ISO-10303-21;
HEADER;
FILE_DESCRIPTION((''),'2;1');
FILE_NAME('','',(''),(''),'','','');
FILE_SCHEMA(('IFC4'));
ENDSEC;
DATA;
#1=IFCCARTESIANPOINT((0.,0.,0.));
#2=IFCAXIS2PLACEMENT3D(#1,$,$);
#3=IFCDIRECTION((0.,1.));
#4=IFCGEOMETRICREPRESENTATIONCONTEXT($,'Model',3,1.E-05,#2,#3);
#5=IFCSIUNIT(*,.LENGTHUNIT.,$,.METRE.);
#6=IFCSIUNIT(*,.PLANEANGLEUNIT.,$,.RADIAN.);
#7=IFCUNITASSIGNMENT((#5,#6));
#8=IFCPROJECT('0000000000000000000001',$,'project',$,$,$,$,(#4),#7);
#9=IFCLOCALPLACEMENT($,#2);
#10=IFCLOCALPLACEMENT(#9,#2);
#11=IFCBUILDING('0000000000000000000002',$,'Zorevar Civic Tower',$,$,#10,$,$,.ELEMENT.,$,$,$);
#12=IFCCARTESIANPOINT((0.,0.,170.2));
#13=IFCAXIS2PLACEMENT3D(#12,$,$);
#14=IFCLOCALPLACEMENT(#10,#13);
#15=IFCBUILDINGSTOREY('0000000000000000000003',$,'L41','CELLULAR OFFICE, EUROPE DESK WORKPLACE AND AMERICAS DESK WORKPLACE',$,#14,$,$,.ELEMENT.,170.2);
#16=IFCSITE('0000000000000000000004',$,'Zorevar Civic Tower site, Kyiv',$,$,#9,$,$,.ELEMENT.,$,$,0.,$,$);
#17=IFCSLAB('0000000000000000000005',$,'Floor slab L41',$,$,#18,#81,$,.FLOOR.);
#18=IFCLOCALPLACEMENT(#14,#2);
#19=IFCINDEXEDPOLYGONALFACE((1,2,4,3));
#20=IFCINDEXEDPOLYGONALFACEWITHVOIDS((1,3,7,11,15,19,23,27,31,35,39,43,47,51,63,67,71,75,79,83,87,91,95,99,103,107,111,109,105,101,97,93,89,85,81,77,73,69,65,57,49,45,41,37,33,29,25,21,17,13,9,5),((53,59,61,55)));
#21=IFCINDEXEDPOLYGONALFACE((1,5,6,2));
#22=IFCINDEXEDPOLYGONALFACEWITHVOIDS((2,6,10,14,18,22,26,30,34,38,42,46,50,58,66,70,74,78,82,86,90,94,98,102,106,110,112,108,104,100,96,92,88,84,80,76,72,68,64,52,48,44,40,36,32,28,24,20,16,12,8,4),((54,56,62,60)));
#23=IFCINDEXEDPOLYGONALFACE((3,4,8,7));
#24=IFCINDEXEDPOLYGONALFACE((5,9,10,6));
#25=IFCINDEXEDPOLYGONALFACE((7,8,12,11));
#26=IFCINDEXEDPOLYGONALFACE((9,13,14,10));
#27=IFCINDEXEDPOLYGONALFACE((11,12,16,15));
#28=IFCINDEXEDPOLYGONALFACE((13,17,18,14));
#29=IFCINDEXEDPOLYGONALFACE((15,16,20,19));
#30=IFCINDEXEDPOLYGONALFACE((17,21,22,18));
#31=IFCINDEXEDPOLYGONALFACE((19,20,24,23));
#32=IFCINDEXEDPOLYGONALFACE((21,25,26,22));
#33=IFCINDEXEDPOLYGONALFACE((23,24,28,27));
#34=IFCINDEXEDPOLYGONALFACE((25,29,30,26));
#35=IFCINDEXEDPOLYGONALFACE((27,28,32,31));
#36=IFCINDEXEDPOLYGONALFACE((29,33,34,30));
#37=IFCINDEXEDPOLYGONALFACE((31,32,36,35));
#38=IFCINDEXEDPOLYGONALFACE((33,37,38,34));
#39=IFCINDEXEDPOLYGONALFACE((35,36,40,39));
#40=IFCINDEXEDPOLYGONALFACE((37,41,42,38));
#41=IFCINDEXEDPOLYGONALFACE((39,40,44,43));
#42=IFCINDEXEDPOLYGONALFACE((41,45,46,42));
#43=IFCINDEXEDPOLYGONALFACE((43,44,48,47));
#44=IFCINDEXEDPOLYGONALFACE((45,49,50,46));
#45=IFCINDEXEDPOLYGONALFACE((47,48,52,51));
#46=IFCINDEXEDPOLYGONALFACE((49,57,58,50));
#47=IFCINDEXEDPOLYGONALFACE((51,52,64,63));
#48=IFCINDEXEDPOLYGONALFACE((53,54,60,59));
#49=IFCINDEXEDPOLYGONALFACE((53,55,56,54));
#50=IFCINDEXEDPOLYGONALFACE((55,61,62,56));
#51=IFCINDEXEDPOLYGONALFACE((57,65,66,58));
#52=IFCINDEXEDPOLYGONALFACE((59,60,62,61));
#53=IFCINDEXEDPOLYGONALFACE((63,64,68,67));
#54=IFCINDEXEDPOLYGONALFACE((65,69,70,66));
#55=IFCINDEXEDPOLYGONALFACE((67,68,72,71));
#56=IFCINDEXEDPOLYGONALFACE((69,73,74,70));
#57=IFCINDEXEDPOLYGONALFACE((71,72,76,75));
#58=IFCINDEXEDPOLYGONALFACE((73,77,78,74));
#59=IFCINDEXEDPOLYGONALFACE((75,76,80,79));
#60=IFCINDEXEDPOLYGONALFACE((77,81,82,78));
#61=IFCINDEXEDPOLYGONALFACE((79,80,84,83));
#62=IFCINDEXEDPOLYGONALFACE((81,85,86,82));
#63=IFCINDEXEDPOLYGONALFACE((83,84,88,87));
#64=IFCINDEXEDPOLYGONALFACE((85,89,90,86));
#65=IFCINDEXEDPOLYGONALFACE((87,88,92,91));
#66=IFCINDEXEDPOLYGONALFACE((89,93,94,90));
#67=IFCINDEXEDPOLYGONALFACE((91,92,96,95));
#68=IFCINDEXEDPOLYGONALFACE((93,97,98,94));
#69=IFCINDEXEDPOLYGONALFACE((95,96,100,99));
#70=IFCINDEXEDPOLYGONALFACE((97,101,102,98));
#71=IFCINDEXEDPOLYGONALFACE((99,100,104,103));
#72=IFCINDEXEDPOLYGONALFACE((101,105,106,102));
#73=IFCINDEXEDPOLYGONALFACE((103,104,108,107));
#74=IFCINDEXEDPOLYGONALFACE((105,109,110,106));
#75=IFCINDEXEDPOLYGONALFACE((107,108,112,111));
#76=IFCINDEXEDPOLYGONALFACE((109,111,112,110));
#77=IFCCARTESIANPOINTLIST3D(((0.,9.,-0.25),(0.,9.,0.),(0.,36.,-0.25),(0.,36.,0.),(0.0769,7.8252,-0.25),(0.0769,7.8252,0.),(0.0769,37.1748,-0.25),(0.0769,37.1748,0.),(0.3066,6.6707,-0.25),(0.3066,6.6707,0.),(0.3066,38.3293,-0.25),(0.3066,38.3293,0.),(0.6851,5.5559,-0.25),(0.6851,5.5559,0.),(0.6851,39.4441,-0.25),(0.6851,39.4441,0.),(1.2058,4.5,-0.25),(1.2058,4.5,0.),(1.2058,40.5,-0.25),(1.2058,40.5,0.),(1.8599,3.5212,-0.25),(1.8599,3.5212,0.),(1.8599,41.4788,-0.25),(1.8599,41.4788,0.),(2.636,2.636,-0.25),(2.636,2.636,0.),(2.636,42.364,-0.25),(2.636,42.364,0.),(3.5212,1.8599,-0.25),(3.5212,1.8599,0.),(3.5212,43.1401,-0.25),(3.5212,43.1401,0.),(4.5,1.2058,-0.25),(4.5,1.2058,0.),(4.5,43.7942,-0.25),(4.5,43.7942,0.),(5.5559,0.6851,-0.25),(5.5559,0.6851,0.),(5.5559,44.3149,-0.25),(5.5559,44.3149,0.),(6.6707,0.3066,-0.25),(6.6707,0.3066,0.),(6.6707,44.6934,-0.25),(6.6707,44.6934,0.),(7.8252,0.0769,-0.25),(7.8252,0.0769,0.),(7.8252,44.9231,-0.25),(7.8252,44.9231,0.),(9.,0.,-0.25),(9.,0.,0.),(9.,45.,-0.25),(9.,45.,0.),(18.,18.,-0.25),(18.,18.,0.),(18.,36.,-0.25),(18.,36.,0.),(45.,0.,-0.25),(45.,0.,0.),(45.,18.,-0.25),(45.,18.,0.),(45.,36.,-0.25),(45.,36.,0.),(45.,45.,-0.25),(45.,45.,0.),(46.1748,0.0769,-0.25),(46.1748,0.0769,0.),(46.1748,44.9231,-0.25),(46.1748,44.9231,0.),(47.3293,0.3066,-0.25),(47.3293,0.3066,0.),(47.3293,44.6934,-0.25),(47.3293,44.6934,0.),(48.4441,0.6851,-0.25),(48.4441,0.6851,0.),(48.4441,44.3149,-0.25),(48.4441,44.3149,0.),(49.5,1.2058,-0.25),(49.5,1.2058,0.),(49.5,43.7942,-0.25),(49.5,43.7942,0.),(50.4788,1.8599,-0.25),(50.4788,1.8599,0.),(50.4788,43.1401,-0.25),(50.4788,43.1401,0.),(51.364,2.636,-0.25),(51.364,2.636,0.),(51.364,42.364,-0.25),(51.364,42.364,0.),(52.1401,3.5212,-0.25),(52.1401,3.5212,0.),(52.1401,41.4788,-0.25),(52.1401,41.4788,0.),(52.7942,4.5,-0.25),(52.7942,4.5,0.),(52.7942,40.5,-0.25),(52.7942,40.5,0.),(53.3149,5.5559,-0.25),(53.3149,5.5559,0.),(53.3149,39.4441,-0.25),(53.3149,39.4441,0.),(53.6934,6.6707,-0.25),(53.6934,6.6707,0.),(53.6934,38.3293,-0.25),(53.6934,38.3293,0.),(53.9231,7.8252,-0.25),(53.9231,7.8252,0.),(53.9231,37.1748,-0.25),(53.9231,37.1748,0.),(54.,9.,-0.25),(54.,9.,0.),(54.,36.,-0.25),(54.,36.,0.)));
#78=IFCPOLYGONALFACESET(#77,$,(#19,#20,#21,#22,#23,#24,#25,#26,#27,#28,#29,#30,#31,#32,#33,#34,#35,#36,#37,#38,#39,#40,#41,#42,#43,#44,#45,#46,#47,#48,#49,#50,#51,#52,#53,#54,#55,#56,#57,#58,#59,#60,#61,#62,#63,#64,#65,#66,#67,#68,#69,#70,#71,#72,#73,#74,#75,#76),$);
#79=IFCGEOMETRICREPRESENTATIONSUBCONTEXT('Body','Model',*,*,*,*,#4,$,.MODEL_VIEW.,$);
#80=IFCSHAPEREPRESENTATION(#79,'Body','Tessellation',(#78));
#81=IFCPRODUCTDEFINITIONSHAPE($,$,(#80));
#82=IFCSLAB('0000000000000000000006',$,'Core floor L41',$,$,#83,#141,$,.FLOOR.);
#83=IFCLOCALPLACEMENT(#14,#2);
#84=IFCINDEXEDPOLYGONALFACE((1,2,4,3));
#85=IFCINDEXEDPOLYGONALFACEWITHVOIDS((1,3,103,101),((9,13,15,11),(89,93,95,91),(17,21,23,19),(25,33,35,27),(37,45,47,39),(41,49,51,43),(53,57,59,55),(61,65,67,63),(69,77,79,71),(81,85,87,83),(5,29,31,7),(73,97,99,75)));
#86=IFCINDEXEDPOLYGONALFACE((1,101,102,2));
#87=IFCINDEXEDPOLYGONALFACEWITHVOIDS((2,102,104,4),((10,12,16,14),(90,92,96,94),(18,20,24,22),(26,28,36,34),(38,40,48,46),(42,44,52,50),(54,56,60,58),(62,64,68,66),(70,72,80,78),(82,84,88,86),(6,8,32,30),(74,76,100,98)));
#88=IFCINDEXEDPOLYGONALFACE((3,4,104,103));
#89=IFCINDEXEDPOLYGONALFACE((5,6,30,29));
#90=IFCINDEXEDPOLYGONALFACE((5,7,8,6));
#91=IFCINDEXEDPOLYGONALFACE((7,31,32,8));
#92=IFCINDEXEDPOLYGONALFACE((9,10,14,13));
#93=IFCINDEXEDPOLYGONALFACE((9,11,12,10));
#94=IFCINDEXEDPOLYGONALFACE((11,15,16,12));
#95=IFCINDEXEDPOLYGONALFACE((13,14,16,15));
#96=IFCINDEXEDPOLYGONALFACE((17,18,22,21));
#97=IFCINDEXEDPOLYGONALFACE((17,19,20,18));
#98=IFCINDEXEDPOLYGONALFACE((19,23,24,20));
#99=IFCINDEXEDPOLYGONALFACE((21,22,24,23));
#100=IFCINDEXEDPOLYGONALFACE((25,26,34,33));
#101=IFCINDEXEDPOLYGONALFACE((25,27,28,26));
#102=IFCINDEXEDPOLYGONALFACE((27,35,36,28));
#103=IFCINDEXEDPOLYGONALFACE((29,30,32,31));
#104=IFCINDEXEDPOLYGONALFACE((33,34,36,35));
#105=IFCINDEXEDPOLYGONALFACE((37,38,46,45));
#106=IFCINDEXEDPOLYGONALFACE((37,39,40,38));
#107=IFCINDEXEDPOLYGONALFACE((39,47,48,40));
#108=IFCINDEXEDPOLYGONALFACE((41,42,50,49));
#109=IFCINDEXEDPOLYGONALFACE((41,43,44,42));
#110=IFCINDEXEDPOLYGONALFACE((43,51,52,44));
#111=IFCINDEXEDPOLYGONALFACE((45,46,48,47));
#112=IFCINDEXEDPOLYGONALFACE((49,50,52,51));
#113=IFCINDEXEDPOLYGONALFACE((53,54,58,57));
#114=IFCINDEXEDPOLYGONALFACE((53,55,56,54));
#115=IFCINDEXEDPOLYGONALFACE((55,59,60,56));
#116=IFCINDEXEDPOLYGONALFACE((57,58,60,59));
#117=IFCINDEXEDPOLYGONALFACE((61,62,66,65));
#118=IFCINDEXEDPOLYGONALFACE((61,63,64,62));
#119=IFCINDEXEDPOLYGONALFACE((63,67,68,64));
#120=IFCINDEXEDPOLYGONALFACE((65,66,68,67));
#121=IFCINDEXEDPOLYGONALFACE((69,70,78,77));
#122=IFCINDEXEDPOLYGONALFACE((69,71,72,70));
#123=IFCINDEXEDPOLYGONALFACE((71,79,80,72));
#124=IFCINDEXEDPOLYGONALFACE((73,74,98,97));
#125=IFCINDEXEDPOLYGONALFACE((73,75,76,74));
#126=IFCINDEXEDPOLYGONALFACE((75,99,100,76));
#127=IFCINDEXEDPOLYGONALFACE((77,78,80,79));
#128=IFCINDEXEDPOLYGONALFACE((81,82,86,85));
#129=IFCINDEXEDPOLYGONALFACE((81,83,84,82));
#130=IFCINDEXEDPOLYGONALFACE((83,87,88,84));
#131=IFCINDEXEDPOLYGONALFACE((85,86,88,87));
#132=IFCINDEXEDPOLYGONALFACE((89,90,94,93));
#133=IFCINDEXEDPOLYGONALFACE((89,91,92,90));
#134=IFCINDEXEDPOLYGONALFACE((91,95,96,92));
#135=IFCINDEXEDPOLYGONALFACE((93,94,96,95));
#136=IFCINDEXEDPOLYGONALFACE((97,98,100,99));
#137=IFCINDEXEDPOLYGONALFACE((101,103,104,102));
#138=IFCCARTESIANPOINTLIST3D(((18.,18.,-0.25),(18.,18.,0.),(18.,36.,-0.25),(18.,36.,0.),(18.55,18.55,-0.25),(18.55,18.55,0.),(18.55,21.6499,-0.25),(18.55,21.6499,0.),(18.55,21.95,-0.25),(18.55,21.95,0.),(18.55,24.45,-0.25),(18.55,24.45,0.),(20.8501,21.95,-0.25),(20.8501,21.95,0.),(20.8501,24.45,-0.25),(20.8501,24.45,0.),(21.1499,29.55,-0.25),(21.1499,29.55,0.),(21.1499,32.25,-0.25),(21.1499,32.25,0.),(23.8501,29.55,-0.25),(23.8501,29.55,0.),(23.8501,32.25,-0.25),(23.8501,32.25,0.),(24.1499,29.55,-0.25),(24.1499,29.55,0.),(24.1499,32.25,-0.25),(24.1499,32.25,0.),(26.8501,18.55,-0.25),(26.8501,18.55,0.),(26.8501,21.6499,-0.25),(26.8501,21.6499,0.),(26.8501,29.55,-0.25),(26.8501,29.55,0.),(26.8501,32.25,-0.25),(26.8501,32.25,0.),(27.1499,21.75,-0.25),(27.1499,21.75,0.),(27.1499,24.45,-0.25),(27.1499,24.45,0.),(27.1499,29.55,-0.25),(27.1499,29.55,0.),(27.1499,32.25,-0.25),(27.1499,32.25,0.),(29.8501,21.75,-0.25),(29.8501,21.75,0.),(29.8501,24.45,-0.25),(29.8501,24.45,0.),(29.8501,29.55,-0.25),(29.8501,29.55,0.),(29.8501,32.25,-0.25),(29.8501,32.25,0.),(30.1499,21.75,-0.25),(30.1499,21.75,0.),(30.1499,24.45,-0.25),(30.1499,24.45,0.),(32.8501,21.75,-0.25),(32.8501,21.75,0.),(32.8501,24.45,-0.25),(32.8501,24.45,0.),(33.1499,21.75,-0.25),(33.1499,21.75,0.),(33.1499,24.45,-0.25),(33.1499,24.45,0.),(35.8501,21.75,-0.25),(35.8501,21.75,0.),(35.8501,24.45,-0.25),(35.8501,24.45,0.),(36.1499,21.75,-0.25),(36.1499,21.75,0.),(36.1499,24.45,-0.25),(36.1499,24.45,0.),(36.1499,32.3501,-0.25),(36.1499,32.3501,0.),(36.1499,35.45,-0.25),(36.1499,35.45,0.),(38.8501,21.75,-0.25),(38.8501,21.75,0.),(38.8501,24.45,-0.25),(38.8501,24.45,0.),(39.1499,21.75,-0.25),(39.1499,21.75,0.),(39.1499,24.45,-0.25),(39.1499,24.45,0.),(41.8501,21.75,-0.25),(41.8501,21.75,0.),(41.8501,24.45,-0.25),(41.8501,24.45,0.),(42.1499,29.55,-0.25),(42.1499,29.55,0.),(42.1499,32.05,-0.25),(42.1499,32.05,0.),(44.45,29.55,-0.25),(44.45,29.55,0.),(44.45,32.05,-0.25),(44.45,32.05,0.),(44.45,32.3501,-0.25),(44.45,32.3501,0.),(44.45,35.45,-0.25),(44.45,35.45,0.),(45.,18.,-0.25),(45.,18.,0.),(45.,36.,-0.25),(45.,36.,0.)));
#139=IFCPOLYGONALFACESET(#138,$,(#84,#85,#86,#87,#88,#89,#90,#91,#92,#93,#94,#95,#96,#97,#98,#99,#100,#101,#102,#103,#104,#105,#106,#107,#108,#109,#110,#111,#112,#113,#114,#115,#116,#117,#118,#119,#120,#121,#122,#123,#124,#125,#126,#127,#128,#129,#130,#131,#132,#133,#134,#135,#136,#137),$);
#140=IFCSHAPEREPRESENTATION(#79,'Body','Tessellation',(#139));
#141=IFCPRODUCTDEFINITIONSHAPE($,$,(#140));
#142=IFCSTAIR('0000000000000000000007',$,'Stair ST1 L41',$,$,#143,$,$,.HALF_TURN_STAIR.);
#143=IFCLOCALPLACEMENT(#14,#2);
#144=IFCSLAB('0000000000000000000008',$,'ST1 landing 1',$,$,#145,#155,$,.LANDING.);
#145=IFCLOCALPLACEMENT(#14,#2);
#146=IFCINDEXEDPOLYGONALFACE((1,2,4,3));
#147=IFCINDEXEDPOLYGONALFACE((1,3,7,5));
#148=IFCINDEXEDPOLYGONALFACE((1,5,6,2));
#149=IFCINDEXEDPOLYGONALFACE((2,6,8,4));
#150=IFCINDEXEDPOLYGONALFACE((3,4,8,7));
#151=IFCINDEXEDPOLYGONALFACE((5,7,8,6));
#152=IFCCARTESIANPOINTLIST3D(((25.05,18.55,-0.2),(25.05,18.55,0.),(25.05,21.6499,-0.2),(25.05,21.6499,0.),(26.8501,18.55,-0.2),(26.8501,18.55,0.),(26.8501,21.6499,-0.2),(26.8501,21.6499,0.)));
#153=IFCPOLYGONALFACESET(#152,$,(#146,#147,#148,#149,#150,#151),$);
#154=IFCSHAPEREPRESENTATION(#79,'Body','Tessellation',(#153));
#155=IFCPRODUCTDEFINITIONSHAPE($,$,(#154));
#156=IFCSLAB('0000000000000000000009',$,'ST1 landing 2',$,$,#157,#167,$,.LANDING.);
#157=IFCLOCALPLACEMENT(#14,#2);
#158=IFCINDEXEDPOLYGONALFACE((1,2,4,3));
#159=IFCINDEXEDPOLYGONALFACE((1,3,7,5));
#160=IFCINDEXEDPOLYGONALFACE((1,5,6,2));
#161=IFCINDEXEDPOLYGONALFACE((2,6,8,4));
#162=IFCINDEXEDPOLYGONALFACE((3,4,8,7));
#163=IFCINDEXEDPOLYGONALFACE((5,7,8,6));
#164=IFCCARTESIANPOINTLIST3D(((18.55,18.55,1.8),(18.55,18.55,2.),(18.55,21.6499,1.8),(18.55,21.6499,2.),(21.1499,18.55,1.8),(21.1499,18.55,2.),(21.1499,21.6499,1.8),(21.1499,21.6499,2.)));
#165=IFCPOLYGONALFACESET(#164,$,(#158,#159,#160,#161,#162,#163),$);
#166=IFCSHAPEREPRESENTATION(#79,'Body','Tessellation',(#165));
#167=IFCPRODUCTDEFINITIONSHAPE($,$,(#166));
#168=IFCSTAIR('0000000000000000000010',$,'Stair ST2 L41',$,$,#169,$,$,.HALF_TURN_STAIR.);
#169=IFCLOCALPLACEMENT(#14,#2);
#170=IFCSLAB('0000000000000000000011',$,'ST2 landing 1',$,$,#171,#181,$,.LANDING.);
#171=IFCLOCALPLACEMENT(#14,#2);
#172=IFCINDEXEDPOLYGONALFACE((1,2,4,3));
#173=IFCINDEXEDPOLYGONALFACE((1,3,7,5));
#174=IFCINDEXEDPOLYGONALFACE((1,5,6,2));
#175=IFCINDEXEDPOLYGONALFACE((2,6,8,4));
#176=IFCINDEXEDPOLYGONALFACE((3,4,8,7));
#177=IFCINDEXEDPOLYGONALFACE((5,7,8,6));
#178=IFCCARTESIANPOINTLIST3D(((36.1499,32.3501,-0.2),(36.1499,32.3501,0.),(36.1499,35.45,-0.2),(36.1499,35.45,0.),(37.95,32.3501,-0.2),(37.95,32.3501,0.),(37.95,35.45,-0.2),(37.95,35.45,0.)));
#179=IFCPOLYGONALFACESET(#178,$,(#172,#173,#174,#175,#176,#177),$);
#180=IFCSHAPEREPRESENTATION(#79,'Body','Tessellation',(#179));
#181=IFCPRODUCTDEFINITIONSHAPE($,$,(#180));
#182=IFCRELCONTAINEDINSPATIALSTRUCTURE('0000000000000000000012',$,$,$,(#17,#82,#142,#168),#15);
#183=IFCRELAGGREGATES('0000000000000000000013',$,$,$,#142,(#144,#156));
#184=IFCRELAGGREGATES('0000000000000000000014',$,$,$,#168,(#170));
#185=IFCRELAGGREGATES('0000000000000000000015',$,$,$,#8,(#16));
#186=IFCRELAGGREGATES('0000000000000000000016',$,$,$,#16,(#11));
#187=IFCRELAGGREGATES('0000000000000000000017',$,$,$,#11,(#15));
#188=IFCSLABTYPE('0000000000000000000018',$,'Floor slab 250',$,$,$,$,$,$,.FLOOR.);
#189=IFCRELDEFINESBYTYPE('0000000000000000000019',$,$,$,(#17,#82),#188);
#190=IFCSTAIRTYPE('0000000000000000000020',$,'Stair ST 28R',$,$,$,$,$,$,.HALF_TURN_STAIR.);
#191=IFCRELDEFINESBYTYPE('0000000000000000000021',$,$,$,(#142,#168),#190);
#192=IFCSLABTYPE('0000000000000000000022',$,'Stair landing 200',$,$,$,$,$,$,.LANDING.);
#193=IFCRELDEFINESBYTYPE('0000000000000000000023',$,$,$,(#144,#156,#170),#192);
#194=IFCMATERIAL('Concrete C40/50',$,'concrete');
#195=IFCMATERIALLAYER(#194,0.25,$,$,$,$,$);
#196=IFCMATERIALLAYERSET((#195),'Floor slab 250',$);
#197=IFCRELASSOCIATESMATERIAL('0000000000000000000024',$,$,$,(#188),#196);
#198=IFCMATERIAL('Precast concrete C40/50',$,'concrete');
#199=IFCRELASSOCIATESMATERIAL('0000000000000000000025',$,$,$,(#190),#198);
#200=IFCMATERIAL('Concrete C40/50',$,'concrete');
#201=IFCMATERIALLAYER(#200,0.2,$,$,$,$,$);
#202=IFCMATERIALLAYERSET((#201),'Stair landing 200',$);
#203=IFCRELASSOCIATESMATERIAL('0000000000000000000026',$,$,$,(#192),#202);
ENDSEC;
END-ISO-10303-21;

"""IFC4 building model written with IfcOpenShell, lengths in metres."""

from ifc_helpers import new_model, si_unit, direction, frame, origin, place, context, subcontext, project, spatial, polyline, outline, extrude, material, layer, layer_set, type_object, element, aggregate, save


model = new_model("IFC4")

# Units and contexts
model_context = context("Model", 3, precision=1e-05, world=origin(), true_north=direction((0.0, 1.0)))
body_context = subcontext(model_context, "Body", "Model", "MODEL_VIEW")
ifc_project = project(units=[si_unit("LENGTHUNIT", "METRE"), si_unit("PLANEANGLEUNIT", "RADIAN")], contexts=[model_context])

# Site, building, storey
site_placement = place(None, origin())
site = spatial("IfcSite", under=ifc_project, at=site_placement, Name="Zorevar Civic Tower site, Kyiv", CompositionType="ELEMENT", RefElevation=0.0)
building_placement = place(site_placement, origin())
building = spatial("IfcBuilding", under=site, at=building_placement, Name="Zorevar Civic Tower", CompositionType="ELEMENT")
storey_placement = place(building_placement, frame((0.0, 0.0, 170.2)))
storey = spatial("IfcBuildingStorey", under=building, at=storey_placement, Name="L41", Description="CELLULAR OFFICE, EUROPE DESK WORKPLACE AND AMERICAS DESK WORKPLACE", CompositionType="ELEMENT", Elevation=170.2)

# Slabs
ifc_material_1 = material(Name="Concrete C40/50", Category="concrete")
ifc_layer_1 = layer(ifc_material_1, 0.25)
ifc_layer_set_1 = layer_set([ifc_layer_1], Name="Floor slab 250")
slab_type_1 = type_object("IfcSlabType", Name="Floor slab 250", PredefinedType="FLOOR", material=ifc_layer_set_1)
slab_1_placement = place(storey_placement, frame((0.0, 0.0, -0.25)))
element("IfcSlab", 1, at=slab_1_placement, inside=storey, type_object=slab_type_1, Name="Floor slab L41", PredefinedType="FLOOR", context=body_context, shape_type="SweptSolid", body=[
    extrude(outline(polyline([(45.0, 0.0), (46.1748, 0.0769), (47.3293, 0.3066), (48.4441, 0.6851), (49.5, 1.2058), (50.4788, 1.8599), (51.364, 2.636), (52.1401, 3.5212), (52.7942, 4.5), (53.3149, 5.5559), (53.6934, 6.6707), (53.9231, 7.8252), (54.0, 9.0), (54.0, 36.0), (53.9231, 37.1748), (53.6934, 38.3293), (53.3149, 39.4441), (52.7942, 40.5), (52.1401, 41.4788), (51.364, 42.364), (50.4788, 43.1401), (49.5, 43.7942), (48.4441, 44.3149), (47.3293, 44.6934), (46.1748, 44.9231), (45.0, 45.0), (9.0, 45.0), (7.8252, 44.9231), (6.6707, 44.6934), (5.5559, 44.3149), (4.5, 43.7942), (3.5212, 43.1401), (2.636, 42.364), (1.8599, 41.4788), (1.2058, 40.5), (0.6851, 39.4441), (0.3066, 38.3293), (0.0769, 37.1748), (0.0, 36.0), (0.0, 9.0), (0.0769, 7.8252), (0.3066, 6.6707), (0.6851, 5.5559), (1.2058, 4.5), (1.8599, 3.5212), (2.636, 2.636), (3.5212, 1.8599), (4.5, 1.2058), (5.5559, 0.6851), (6.6707, 0.3066), (7.8252, 0.0769), (9.0, 0.0), (45.0, 0.0)]), holes=[polyline([(18.0, 18.0), (45.0, 18.0), (45.0, 36.0), (18.0, 36.0), (18.0, 18.0)])]), origin(), (0.0, 0.0, 1.0), 0.25),
])
slab_2_placement = place(storey_placement, frame((0.0, 0.0, -0.25)))
element("IfcSlab", 2, at=slab_2_placement, inside=storey, type_object=slab_type_1, Name="Core floor L41", PredefinedType="FLOOR", context=body_context, shape_type="SweptSolid", body=[
    extrude(outline(polyline([(18.0, 18.0), (45.0, 18.0), (45.0, 36.0), (18.0, 36.0), (18.0, 18.0)]), holes=[polyline([(18.55, 18.55), (26.8501, 18.55), (26.8501, 21.6499), (18.55, 21.6499), (18.55, 18.55)]), polyline([(36.1499, 32.3501), (44.45, 32.3501), (44.45, 35.45), (36.1499, 35.45), (36.1499, 32.3501)]), polyline([(18.55, 21.95), (20.8501, 21.95), (20.8501, 24.45), (18.55, 24.45), (18.55, 21.95)]), polyline([(42.1499, 29.55), (44.45, 29.55), (44.45, 32.05), (42.1499, 32.05), (42.1499, 29.55)]), polyline([(27.1499, 21.75), (29.8501, 21.75), (29.8501, 24.45), (27.1499, 24.45), (27.1499, 21.75)]), polyline([(30.1499, 21.75), (32.8501, 21.75), (32.8501, 24.45), (30.1499, 24.45), (30.1499, 21.75)]), polyline([(33.1499, 21.75), (35.8501, 21.75), (35.8501, 24.45), (33.1499, 24.45), (33.1499, 21.75)]), polyline([(27.1499, 29.55), (29.8501, 29.55), (29.8501, 32.25), (27.1499, 32.25), (27.1499, 29.55)]), polyline([(36.1499, 21.75), (38.8501, 21.75), (38.8501, 24.45), (36.1499, 24.45), (36.1499, 21.75)]), polyline([(24.1499, 29.55), (26.8501, 29.55), (26.8501, 32.25), (24.1499, 32.25), (24.1499, 29.55)]), polyline([(39.1499, 21.75), (41.8501, 21.75), (41.8501, 24.45), (39.1499, 24.45), (39.1499, 21.75)]), polyline([(21.1499, 29.55), (23.8501, 29.55), (23.8501, 32.25), (21.1499, 32.25), (21.1499, 29.55)])]), origin(), (0.0, 0.0, 1.0), 0.25),
])

# Stairs, slabs
ifc_material_2 = material(Name="Precast concrete C40/50", Category="concrete")
stair_type = type_object("IfcStairType", Name="Stair ST 28R", PredefinedType="HALF_TURN_STAIR", material=ifc_material_2)
stair_1_placement = place(storey_placement, origin())
stair_1 = element("IfcStair", 3, at=stair_1_placement, inside=storey, type_object=stair_type, Name="Stair ST1 L41", PredefinedType="HALF_TURN_STAIR")
ifc_material_3 = material(Name="Concrete C40/50", Category="concrete")
ifc_layer_2 = layer(ifc_material_3, 0.2)
ifc_layer_set_2 = layer_set([ifc_layer_2], Name="Stair landing 200")
slab_type_2 = type_object("IfcSlabType", Name="Stair landing 200", PredefinedType="LANDING", material=ifc_layer_set_2)
slab_3_placement = place(storey_placement, frame((0.0, 0.0, -0.2)))
slab_3 = element("IfcSlab", 4, at=slab_3_placement, type_object=slab_type_2, Name="ST1 landing 1", PredefinedType="LANDING", context=body_context, shape_type="SweptSolid", body=[
    extrude(outline(polyline([(25.05, 18.55), (26.8501, 18.55), (26.8501, 21.6499), (25.05, 21.6499), (25.05, 18.55)])), origin(), (0.0, 0.0, 1.0), 0.2),
])
slab_4_placement = place(storey_placement, frame((0.0, 0.0, 1.8)))
slab_4 = element("IfcSlab", 5, at=slab_4_placement, type_object=slab_type_2, Name="ST1 landing 2", PredefinedType="LANDING", context=body_context, shape_type="SweptSolid", body=[
    extrude(outline(polyline([(18.55, 18.55), (21.1499, 18.55), (21.1499, 21.6499), (18.55, 21.6499), (18.55, 18.55)])), origin(), (0.0, 0.0, 1.0), 0.2),
])
aggregate(stair_1, [slab_3, slab_4])
stair_2_placement = place(storey_placement, origin())
stair_2 = element("IfcStair", 6, at=stair_2_placement, inside=storey, type_object=stair_type, Name="Stair ST2 L41", PredefinedType="HALF_TURN_STAIR")
slab_5_placement = place(storey_placement, frame((0.0, 0.0, -0.2)))
slab_5 = element("IfcSlab", 7, at=slab_5_placement, type_object=slab_type_2, Name="ST2 landing 1", PredefinedType="LANDING", context=body_context, shape_type="SweptSolid", body=[
    extrude(outline(polyline([(37.95, 32.3501), (36.1499, 32.3501), (36.1499, 35.45), (37.95, 35.45), (37.95, 32.3501)])), origin(), (0.0, 0.0, 1.0), 0.2),
])
aggregate(stair_2, [slab_5])

save(model, "model.ifc")
